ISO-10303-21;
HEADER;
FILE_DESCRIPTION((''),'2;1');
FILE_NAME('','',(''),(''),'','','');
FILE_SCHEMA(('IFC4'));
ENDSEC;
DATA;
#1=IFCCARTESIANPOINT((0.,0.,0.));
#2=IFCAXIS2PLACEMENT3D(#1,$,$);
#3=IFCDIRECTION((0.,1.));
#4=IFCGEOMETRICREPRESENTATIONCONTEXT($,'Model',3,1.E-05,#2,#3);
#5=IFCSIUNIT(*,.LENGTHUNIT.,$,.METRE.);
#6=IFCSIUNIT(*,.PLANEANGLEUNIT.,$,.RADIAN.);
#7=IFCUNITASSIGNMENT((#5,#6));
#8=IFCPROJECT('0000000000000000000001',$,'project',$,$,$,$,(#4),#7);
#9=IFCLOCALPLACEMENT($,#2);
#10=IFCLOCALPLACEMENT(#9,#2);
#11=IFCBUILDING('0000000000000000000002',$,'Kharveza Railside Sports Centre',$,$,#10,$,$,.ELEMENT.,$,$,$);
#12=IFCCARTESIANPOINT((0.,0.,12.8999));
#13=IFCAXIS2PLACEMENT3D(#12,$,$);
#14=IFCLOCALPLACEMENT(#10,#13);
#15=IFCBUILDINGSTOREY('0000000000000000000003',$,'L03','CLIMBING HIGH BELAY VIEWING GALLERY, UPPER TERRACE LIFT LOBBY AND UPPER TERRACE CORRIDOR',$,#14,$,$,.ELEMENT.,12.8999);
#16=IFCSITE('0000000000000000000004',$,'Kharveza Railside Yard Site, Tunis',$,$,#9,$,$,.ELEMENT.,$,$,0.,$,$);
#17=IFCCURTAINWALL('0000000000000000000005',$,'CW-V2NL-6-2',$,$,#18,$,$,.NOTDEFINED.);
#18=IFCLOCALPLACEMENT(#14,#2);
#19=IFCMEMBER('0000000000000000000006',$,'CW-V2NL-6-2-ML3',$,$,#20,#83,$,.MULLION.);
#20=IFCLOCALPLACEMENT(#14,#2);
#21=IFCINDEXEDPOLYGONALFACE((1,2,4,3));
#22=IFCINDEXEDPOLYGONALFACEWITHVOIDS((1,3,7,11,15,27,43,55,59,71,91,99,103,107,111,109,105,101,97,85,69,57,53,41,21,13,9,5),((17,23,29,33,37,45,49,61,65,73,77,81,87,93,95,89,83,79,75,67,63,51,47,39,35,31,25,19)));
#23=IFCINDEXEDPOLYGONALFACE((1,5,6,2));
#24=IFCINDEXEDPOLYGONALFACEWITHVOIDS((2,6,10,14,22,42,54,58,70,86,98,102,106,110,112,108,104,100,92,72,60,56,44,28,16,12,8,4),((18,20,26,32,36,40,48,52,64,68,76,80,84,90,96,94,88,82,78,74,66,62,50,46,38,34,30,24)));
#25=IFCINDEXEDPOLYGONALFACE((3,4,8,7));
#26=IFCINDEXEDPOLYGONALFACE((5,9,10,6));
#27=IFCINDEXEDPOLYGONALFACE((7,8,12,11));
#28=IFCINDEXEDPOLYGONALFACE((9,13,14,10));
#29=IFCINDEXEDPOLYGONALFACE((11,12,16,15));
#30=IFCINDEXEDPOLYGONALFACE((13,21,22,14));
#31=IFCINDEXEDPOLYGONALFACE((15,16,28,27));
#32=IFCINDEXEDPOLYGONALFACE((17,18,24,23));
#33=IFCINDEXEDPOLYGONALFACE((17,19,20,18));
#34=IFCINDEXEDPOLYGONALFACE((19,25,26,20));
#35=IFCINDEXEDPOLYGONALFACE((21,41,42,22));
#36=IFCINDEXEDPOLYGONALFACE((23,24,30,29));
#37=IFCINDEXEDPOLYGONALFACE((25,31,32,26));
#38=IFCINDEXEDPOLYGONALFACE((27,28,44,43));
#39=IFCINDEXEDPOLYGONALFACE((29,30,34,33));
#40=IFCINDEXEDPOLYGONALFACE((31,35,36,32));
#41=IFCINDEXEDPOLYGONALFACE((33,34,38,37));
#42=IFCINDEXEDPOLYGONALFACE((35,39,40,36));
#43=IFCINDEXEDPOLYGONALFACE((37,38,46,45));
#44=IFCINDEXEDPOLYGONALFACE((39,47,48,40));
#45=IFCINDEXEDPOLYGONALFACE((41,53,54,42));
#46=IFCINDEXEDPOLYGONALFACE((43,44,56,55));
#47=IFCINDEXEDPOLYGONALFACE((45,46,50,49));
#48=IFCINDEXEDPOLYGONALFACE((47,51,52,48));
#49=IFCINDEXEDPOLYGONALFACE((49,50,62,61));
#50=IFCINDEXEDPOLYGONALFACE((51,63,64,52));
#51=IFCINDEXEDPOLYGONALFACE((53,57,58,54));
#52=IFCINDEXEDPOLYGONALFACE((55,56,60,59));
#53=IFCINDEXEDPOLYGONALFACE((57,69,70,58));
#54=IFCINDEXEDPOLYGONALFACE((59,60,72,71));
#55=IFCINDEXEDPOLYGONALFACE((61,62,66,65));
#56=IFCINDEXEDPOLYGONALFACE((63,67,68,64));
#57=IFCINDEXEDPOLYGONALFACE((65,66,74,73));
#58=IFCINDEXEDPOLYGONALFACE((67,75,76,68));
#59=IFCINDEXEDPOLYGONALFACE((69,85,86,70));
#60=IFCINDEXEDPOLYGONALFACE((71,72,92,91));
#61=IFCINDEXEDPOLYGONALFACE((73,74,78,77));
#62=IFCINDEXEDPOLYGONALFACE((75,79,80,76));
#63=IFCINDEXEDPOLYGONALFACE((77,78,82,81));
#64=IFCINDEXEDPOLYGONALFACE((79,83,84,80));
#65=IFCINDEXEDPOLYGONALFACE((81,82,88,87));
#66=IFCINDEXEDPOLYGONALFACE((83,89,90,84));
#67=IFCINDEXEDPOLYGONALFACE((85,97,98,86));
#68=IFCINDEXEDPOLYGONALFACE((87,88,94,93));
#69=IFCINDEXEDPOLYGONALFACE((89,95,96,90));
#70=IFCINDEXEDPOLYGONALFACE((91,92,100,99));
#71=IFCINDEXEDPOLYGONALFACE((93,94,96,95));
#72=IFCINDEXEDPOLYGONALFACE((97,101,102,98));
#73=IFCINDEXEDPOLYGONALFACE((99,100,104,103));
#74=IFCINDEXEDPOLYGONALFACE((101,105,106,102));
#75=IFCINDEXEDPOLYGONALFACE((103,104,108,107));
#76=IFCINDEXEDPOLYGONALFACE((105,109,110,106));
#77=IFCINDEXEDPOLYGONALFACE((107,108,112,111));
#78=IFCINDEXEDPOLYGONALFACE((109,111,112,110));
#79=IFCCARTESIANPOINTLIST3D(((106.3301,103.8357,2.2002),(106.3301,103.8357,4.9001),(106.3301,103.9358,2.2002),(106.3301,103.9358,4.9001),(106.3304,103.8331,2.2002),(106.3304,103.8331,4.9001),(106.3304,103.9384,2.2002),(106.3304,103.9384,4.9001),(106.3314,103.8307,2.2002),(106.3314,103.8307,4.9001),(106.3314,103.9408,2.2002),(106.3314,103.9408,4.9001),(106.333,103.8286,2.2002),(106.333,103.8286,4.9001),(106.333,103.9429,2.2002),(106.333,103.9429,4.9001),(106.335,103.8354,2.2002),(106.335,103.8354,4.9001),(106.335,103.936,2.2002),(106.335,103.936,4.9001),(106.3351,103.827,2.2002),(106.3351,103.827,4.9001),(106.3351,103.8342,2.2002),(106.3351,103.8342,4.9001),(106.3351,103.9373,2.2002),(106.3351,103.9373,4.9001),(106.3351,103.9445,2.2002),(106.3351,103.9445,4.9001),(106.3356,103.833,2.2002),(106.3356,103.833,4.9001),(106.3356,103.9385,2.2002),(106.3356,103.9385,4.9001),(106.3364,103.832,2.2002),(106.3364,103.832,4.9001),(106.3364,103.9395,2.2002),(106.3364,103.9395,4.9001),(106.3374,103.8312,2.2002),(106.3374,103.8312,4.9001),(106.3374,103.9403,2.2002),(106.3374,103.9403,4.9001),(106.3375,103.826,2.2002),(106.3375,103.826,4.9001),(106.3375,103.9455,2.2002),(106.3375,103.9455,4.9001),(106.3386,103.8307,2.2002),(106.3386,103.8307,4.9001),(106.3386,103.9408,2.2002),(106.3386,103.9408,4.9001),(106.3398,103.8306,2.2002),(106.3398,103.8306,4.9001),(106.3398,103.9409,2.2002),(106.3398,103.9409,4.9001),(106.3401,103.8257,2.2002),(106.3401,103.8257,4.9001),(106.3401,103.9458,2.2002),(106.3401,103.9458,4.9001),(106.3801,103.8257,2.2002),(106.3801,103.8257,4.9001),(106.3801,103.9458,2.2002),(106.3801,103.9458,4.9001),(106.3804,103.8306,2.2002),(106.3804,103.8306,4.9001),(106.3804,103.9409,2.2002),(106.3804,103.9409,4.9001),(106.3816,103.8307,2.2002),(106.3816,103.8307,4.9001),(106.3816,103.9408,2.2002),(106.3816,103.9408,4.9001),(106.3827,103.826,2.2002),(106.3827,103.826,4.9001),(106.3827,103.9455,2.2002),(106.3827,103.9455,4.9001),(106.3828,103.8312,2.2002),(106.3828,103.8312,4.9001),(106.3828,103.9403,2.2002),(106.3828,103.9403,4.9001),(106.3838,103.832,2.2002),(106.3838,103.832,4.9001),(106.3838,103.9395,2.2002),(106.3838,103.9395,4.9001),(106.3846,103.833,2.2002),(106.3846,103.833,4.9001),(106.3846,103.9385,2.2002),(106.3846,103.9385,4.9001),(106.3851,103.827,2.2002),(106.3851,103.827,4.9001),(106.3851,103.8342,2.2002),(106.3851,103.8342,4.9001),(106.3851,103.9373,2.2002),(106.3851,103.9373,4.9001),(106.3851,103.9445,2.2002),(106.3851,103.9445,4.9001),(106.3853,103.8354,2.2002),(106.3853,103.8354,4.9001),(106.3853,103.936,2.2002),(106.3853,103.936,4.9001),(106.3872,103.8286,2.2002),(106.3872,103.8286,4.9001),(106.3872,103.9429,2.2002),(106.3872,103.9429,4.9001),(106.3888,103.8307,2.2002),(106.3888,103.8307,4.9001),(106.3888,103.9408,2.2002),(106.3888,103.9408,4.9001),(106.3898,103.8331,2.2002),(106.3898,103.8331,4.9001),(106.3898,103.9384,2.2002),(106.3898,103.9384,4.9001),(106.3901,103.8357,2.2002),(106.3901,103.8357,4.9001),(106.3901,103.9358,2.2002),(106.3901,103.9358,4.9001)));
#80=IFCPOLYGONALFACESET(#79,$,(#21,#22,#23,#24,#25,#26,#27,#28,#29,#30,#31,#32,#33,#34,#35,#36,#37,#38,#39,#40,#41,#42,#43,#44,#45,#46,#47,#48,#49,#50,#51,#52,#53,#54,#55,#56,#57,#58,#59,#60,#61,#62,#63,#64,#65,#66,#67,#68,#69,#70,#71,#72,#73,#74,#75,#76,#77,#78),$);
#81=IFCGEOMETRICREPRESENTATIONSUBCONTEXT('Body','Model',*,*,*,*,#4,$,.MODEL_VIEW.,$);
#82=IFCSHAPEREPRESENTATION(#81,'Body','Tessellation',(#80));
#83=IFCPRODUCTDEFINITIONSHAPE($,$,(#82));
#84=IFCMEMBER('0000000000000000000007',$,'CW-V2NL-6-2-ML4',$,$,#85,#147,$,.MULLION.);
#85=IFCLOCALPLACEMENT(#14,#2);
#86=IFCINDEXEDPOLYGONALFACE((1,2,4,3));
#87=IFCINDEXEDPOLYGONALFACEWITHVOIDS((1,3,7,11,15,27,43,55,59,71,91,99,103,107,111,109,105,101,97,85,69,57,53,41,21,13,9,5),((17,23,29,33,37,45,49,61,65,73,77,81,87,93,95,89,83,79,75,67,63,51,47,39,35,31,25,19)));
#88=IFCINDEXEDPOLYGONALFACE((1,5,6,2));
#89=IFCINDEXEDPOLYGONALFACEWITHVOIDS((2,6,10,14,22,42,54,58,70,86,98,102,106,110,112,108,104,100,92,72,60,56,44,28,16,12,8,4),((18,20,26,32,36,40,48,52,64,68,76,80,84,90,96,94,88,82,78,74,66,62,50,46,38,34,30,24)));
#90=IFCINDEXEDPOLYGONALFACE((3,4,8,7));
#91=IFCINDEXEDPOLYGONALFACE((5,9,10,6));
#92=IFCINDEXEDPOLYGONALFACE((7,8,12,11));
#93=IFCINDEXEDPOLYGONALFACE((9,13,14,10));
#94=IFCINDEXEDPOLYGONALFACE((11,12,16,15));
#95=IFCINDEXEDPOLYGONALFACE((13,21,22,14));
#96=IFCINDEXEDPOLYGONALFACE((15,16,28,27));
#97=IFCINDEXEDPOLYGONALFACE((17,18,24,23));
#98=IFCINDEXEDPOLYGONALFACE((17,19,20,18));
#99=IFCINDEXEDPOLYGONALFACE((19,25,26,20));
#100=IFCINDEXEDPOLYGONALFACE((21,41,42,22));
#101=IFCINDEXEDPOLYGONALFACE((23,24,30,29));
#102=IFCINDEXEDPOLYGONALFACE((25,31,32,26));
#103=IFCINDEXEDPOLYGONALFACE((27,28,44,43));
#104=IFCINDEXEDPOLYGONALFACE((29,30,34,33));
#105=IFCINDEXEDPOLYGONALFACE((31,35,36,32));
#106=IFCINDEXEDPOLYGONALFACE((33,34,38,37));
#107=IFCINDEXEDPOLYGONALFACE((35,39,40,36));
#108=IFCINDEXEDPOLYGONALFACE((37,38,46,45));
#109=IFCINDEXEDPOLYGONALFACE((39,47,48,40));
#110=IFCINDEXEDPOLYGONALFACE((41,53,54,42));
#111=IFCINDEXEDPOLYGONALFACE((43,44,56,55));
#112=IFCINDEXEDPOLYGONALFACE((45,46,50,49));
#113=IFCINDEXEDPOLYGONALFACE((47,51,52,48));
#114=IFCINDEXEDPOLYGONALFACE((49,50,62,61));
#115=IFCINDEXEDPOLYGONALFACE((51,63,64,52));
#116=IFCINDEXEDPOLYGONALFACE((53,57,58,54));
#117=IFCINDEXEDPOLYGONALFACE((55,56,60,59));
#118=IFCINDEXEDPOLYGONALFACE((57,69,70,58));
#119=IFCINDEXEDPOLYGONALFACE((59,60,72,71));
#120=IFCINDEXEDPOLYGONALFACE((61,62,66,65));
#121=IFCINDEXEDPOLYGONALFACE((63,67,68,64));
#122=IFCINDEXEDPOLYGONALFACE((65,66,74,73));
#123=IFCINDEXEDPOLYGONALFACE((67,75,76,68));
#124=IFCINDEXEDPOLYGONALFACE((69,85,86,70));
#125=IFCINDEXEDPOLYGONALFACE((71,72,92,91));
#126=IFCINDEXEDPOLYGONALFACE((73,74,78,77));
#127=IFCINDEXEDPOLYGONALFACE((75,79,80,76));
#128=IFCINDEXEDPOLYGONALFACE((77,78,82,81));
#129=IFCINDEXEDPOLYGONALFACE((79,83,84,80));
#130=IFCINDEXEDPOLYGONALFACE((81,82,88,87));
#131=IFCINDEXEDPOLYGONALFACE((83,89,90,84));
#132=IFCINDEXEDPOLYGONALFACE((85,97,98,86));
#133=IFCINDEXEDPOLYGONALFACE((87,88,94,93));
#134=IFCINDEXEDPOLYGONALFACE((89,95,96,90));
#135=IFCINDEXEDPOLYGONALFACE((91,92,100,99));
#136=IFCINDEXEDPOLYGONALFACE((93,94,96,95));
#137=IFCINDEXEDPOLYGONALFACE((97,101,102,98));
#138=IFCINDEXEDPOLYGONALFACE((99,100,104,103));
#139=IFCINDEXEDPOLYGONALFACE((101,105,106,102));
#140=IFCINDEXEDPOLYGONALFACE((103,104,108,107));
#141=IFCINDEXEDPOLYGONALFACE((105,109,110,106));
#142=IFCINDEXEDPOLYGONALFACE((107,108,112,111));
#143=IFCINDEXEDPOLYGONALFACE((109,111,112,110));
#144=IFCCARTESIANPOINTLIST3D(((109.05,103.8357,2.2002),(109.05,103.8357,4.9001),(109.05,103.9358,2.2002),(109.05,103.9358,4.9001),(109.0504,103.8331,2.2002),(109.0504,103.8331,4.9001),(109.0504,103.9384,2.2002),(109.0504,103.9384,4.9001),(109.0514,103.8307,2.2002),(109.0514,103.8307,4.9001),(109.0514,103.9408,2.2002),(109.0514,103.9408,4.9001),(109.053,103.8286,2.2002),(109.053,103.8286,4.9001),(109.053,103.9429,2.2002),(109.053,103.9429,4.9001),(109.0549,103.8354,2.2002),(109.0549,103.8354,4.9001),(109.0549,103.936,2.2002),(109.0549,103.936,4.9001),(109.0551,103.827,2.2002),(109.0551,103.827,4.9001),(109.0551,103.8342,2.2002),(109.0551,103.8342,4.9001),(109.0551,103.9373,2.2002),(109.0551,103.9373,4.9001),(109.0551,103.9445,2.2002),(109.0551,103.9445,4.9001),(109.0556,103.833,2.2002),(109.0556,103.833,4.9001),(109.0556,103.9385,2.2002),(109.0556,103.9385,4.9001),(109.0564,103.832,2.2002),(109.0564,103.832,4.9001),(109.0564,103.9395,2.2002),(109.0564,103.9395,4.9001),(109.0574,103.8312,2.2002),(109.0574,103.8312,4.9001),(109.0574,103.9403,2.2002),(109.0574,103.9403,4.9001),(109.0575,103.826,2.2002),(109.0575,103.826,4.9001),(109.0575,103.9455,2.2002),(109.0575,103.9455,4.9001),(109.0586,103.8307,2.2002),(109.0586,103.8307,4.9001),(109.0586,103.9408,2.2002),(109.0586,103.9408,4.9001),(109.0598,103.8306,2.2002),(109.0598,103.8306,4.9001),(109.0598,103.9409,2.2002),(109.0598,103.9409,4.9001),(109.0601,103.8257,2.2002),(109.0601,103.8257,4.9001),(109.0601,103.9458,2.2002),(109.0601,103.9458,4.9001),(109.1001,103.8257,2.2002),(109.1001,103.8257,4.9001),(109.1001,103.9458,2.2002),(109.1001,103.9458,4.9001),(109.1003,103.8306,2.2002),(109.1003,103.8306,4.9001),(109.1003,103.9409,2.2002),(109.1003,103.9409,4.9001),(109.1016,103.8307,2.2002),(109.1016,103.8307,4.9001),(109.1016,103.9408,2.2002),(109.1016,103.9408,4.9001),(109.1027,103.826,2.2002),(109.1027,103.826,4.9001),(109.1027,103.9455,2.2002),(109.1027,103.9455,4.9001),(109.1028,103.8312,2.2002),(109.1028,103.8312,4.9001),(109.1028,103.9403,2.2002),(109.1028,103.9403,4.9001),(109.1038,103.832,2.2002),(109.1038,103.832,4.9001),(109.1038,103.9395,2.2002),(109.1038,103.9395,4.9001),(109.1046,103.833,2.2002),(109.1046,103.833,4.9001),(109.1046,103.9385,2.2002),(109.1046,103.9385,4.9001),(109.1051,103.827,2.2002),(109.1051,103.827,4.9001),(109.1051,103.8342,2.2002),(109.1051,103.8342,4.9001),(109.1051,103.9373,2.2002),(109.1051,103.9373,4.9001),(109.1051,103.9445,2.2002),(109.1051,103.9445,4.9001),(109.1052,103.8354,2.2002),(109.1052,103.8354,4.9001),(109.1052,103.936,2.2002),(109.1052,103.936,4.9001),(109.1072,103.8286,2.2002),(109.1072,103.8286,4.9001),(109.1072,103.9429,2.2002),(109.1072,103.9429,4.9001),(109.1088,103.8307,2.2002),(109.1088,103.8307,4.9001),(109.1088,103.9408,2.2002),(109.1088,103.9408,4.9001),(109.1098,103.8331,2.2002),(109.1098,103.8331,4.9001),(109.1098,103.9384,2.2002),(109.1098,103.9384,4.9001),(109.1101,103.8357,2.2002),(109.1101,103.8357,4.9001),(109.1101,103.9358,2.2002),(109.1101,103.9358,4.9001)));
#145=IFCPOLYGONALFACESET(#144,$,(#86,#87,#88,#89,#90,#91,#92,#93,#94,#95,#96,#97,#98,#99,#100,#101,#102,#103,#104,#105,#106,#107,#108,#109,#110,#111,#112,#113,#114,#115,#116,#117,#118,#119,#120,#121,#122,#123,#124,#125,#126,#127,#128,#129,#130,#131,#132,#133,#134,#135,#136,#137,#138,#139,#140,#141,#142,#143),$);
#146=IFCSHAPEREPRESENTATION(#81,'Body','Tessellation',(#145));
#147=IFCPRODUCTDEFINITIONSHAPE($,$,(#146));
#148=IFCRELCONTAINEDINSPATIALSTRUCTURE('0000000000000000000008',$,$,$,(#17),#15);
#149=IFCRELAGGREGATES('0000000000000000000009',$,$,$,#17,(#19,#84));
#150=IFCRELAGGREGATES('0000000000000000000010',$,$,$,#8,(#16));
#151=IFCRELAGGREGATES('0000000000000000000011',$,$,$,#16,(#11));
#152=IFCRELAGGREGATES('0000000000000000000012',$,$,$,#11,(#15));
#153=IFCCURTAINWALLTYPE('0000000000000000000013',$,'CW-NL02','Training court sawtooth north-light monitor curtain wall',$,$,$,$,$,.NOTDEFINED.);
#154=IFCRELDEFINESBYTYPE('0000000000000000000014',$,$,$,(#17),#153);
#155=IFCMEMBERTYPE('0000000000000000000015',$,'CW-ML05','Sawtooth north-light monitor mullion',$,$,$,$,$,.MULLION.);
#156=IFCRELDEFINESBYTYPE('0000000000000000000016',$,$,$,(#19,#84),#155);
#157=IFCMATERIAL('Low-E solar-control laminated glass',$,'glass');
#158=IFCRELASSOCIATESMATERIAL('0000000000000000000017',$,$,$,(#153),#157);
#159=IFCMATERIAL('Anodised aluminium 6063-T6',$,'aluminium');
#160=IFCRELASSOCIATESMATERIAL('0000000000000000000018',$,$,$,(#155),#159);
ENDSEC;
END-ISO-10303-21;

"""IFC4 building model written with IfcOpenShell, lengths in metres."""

from ifc_helpers import new_model, si_unit, direction, frame, origin, origin_2d, place, context, subcontext, project, spatial, hollow_rectangle, extrude, material, material_profile, profile_set, type_object, element, aggregate, save


model = new_model("IFC4")

# Units and contexts
model_context = context("Model", 3, precision=1e-05, world=origin(), true_north=direction((0.0, 1.0)))
body_context = subcontext(model_context, "Body", "Model", "MODEL_VIEW")
ifc_project = project(units=[si_unit("LENGTHUNIT", "METRE"), si_unit("PLANEANGLEUNIT", "RADIAN")], contexts=[model_context])

# Site, building, storey
site_placement = place(None, origin())
site = spatial("IfcSite", under=ifc_project, at=site_placement, Name="Kharveza Railside Yard Site, Tunis", CompositionType="ELEMENT", RefElevation=0.0)
building_placement = place(site_placement, origin())
building = spatial("IfcBuilding", under=site, at=building_placement, Name="Kharveza Railside Sports Centre", CompositionType="ELEMENT")
storey_placement = place(building_placement, frame((0.0, 0.0, 12.8999)))
storey = spatial("IfcBuildingStorey", under=building, at=storey_placement, Name="L03", Description="CLIMBING HIGH BELAY VIEWING GALLERY, UPPER TERRACE LIFT LOBBY AND UPPER TERRACE CORRIDOR", CompositionType="ELEMENT", Elevation=12.8999)

# Curtain wall, members
ifc_material_1 = material(Name="Low-E solar-control laminated glass", Category="glass")
curtain_wall_type = type_object("IfcCurtainWallType", Name="CW-NL02", Description="Training court sawtooth north-light monitor curtain wall", PredefinedType="NOTDEFINED", material=ifc_material_1)
curtain_wall_1_placement = place(storey_placement, origin())
curtain_wall_1 = element("IfcCurtainWall", 1, at=curtain_wall_1_placement, inside=storey, type_object=curtain_wall_type, Name="CW-V2NL-6-2", PredefinedType="NOTDEFINED")
ifc_material_2 = material(Name="Anodised aluminium 6063-T6", Category="aluminium")
ifc_material_profile_1 = material_profile(ifc_material_2, hollow_rectangle(XDim=0.0601, YDim=0.1201, WallThickness=0.0049, InnerFilletRadius=0.0049, OuterFilletRadius=0.01, at=origin_2d()), Name="RHS 60x120x5.0")
ifc_profile_set_1 = profile_set([ifc_material_profile_1], Name="Anodised aluminium 6063-T6")
member_type_1 = type_object("IfcMemberType", Name="CW-ML05", Description="Sawtooth north-light monitor mullion", PredefinedType="MULLION", material=ifc_profile_set_1)
member_1_placement = place(storey_placement, frame((106.3601, 103.8857, 2.2002), z_axis=(0.0, 0.0, 1.0), x_axis=(1.0, 0.0, 0.0)))
member_1 = element("IfcMember", 2, at=member_1_placement, type_object=member_type_1, Name="CW-V2NL-6-2-ML3", PredefinedType="MULLION", context=body_context, shape_type="SweptSolid", body=[
    extrude(hollow_rectangle(XDim=0.0601, YDim=0.1201, WallThickness=0.0049, InnerFilletRadius=0.0049, OuterFilletRadius=0.01, at=origin_2d()), origin(), (0.0, 0.0, 1.0), 2.7),
])
member_2_placement = place(storey_placement, frame((109.0801, 103.8857, 2.2002), z_axis=(0.0, 0.0, 1.0), x_axis=(1.0, 0.0, 0.0)))
member_2 = element("IfcMember", 3, at=member_2_placement, type_object=member_type_1, Name="CW-V2NL-6-2-ML4", PredefinedType="MULLION", context=body_context, shape_type="SweptSolid", body=[
    extrude(hollow_rectangle(XDim=0.0601, YDim=0.1201, WallThickness=0.0049, InnerFilletRadius=0.0049, OuterFilletRadius=0.01, at=origin_2d()), origin(), (0.0, 0.0, 1.0), 2.7),
])

aggregate(curtain_wall_1, [member_1, member_2])

save(model, "model.ifc")
